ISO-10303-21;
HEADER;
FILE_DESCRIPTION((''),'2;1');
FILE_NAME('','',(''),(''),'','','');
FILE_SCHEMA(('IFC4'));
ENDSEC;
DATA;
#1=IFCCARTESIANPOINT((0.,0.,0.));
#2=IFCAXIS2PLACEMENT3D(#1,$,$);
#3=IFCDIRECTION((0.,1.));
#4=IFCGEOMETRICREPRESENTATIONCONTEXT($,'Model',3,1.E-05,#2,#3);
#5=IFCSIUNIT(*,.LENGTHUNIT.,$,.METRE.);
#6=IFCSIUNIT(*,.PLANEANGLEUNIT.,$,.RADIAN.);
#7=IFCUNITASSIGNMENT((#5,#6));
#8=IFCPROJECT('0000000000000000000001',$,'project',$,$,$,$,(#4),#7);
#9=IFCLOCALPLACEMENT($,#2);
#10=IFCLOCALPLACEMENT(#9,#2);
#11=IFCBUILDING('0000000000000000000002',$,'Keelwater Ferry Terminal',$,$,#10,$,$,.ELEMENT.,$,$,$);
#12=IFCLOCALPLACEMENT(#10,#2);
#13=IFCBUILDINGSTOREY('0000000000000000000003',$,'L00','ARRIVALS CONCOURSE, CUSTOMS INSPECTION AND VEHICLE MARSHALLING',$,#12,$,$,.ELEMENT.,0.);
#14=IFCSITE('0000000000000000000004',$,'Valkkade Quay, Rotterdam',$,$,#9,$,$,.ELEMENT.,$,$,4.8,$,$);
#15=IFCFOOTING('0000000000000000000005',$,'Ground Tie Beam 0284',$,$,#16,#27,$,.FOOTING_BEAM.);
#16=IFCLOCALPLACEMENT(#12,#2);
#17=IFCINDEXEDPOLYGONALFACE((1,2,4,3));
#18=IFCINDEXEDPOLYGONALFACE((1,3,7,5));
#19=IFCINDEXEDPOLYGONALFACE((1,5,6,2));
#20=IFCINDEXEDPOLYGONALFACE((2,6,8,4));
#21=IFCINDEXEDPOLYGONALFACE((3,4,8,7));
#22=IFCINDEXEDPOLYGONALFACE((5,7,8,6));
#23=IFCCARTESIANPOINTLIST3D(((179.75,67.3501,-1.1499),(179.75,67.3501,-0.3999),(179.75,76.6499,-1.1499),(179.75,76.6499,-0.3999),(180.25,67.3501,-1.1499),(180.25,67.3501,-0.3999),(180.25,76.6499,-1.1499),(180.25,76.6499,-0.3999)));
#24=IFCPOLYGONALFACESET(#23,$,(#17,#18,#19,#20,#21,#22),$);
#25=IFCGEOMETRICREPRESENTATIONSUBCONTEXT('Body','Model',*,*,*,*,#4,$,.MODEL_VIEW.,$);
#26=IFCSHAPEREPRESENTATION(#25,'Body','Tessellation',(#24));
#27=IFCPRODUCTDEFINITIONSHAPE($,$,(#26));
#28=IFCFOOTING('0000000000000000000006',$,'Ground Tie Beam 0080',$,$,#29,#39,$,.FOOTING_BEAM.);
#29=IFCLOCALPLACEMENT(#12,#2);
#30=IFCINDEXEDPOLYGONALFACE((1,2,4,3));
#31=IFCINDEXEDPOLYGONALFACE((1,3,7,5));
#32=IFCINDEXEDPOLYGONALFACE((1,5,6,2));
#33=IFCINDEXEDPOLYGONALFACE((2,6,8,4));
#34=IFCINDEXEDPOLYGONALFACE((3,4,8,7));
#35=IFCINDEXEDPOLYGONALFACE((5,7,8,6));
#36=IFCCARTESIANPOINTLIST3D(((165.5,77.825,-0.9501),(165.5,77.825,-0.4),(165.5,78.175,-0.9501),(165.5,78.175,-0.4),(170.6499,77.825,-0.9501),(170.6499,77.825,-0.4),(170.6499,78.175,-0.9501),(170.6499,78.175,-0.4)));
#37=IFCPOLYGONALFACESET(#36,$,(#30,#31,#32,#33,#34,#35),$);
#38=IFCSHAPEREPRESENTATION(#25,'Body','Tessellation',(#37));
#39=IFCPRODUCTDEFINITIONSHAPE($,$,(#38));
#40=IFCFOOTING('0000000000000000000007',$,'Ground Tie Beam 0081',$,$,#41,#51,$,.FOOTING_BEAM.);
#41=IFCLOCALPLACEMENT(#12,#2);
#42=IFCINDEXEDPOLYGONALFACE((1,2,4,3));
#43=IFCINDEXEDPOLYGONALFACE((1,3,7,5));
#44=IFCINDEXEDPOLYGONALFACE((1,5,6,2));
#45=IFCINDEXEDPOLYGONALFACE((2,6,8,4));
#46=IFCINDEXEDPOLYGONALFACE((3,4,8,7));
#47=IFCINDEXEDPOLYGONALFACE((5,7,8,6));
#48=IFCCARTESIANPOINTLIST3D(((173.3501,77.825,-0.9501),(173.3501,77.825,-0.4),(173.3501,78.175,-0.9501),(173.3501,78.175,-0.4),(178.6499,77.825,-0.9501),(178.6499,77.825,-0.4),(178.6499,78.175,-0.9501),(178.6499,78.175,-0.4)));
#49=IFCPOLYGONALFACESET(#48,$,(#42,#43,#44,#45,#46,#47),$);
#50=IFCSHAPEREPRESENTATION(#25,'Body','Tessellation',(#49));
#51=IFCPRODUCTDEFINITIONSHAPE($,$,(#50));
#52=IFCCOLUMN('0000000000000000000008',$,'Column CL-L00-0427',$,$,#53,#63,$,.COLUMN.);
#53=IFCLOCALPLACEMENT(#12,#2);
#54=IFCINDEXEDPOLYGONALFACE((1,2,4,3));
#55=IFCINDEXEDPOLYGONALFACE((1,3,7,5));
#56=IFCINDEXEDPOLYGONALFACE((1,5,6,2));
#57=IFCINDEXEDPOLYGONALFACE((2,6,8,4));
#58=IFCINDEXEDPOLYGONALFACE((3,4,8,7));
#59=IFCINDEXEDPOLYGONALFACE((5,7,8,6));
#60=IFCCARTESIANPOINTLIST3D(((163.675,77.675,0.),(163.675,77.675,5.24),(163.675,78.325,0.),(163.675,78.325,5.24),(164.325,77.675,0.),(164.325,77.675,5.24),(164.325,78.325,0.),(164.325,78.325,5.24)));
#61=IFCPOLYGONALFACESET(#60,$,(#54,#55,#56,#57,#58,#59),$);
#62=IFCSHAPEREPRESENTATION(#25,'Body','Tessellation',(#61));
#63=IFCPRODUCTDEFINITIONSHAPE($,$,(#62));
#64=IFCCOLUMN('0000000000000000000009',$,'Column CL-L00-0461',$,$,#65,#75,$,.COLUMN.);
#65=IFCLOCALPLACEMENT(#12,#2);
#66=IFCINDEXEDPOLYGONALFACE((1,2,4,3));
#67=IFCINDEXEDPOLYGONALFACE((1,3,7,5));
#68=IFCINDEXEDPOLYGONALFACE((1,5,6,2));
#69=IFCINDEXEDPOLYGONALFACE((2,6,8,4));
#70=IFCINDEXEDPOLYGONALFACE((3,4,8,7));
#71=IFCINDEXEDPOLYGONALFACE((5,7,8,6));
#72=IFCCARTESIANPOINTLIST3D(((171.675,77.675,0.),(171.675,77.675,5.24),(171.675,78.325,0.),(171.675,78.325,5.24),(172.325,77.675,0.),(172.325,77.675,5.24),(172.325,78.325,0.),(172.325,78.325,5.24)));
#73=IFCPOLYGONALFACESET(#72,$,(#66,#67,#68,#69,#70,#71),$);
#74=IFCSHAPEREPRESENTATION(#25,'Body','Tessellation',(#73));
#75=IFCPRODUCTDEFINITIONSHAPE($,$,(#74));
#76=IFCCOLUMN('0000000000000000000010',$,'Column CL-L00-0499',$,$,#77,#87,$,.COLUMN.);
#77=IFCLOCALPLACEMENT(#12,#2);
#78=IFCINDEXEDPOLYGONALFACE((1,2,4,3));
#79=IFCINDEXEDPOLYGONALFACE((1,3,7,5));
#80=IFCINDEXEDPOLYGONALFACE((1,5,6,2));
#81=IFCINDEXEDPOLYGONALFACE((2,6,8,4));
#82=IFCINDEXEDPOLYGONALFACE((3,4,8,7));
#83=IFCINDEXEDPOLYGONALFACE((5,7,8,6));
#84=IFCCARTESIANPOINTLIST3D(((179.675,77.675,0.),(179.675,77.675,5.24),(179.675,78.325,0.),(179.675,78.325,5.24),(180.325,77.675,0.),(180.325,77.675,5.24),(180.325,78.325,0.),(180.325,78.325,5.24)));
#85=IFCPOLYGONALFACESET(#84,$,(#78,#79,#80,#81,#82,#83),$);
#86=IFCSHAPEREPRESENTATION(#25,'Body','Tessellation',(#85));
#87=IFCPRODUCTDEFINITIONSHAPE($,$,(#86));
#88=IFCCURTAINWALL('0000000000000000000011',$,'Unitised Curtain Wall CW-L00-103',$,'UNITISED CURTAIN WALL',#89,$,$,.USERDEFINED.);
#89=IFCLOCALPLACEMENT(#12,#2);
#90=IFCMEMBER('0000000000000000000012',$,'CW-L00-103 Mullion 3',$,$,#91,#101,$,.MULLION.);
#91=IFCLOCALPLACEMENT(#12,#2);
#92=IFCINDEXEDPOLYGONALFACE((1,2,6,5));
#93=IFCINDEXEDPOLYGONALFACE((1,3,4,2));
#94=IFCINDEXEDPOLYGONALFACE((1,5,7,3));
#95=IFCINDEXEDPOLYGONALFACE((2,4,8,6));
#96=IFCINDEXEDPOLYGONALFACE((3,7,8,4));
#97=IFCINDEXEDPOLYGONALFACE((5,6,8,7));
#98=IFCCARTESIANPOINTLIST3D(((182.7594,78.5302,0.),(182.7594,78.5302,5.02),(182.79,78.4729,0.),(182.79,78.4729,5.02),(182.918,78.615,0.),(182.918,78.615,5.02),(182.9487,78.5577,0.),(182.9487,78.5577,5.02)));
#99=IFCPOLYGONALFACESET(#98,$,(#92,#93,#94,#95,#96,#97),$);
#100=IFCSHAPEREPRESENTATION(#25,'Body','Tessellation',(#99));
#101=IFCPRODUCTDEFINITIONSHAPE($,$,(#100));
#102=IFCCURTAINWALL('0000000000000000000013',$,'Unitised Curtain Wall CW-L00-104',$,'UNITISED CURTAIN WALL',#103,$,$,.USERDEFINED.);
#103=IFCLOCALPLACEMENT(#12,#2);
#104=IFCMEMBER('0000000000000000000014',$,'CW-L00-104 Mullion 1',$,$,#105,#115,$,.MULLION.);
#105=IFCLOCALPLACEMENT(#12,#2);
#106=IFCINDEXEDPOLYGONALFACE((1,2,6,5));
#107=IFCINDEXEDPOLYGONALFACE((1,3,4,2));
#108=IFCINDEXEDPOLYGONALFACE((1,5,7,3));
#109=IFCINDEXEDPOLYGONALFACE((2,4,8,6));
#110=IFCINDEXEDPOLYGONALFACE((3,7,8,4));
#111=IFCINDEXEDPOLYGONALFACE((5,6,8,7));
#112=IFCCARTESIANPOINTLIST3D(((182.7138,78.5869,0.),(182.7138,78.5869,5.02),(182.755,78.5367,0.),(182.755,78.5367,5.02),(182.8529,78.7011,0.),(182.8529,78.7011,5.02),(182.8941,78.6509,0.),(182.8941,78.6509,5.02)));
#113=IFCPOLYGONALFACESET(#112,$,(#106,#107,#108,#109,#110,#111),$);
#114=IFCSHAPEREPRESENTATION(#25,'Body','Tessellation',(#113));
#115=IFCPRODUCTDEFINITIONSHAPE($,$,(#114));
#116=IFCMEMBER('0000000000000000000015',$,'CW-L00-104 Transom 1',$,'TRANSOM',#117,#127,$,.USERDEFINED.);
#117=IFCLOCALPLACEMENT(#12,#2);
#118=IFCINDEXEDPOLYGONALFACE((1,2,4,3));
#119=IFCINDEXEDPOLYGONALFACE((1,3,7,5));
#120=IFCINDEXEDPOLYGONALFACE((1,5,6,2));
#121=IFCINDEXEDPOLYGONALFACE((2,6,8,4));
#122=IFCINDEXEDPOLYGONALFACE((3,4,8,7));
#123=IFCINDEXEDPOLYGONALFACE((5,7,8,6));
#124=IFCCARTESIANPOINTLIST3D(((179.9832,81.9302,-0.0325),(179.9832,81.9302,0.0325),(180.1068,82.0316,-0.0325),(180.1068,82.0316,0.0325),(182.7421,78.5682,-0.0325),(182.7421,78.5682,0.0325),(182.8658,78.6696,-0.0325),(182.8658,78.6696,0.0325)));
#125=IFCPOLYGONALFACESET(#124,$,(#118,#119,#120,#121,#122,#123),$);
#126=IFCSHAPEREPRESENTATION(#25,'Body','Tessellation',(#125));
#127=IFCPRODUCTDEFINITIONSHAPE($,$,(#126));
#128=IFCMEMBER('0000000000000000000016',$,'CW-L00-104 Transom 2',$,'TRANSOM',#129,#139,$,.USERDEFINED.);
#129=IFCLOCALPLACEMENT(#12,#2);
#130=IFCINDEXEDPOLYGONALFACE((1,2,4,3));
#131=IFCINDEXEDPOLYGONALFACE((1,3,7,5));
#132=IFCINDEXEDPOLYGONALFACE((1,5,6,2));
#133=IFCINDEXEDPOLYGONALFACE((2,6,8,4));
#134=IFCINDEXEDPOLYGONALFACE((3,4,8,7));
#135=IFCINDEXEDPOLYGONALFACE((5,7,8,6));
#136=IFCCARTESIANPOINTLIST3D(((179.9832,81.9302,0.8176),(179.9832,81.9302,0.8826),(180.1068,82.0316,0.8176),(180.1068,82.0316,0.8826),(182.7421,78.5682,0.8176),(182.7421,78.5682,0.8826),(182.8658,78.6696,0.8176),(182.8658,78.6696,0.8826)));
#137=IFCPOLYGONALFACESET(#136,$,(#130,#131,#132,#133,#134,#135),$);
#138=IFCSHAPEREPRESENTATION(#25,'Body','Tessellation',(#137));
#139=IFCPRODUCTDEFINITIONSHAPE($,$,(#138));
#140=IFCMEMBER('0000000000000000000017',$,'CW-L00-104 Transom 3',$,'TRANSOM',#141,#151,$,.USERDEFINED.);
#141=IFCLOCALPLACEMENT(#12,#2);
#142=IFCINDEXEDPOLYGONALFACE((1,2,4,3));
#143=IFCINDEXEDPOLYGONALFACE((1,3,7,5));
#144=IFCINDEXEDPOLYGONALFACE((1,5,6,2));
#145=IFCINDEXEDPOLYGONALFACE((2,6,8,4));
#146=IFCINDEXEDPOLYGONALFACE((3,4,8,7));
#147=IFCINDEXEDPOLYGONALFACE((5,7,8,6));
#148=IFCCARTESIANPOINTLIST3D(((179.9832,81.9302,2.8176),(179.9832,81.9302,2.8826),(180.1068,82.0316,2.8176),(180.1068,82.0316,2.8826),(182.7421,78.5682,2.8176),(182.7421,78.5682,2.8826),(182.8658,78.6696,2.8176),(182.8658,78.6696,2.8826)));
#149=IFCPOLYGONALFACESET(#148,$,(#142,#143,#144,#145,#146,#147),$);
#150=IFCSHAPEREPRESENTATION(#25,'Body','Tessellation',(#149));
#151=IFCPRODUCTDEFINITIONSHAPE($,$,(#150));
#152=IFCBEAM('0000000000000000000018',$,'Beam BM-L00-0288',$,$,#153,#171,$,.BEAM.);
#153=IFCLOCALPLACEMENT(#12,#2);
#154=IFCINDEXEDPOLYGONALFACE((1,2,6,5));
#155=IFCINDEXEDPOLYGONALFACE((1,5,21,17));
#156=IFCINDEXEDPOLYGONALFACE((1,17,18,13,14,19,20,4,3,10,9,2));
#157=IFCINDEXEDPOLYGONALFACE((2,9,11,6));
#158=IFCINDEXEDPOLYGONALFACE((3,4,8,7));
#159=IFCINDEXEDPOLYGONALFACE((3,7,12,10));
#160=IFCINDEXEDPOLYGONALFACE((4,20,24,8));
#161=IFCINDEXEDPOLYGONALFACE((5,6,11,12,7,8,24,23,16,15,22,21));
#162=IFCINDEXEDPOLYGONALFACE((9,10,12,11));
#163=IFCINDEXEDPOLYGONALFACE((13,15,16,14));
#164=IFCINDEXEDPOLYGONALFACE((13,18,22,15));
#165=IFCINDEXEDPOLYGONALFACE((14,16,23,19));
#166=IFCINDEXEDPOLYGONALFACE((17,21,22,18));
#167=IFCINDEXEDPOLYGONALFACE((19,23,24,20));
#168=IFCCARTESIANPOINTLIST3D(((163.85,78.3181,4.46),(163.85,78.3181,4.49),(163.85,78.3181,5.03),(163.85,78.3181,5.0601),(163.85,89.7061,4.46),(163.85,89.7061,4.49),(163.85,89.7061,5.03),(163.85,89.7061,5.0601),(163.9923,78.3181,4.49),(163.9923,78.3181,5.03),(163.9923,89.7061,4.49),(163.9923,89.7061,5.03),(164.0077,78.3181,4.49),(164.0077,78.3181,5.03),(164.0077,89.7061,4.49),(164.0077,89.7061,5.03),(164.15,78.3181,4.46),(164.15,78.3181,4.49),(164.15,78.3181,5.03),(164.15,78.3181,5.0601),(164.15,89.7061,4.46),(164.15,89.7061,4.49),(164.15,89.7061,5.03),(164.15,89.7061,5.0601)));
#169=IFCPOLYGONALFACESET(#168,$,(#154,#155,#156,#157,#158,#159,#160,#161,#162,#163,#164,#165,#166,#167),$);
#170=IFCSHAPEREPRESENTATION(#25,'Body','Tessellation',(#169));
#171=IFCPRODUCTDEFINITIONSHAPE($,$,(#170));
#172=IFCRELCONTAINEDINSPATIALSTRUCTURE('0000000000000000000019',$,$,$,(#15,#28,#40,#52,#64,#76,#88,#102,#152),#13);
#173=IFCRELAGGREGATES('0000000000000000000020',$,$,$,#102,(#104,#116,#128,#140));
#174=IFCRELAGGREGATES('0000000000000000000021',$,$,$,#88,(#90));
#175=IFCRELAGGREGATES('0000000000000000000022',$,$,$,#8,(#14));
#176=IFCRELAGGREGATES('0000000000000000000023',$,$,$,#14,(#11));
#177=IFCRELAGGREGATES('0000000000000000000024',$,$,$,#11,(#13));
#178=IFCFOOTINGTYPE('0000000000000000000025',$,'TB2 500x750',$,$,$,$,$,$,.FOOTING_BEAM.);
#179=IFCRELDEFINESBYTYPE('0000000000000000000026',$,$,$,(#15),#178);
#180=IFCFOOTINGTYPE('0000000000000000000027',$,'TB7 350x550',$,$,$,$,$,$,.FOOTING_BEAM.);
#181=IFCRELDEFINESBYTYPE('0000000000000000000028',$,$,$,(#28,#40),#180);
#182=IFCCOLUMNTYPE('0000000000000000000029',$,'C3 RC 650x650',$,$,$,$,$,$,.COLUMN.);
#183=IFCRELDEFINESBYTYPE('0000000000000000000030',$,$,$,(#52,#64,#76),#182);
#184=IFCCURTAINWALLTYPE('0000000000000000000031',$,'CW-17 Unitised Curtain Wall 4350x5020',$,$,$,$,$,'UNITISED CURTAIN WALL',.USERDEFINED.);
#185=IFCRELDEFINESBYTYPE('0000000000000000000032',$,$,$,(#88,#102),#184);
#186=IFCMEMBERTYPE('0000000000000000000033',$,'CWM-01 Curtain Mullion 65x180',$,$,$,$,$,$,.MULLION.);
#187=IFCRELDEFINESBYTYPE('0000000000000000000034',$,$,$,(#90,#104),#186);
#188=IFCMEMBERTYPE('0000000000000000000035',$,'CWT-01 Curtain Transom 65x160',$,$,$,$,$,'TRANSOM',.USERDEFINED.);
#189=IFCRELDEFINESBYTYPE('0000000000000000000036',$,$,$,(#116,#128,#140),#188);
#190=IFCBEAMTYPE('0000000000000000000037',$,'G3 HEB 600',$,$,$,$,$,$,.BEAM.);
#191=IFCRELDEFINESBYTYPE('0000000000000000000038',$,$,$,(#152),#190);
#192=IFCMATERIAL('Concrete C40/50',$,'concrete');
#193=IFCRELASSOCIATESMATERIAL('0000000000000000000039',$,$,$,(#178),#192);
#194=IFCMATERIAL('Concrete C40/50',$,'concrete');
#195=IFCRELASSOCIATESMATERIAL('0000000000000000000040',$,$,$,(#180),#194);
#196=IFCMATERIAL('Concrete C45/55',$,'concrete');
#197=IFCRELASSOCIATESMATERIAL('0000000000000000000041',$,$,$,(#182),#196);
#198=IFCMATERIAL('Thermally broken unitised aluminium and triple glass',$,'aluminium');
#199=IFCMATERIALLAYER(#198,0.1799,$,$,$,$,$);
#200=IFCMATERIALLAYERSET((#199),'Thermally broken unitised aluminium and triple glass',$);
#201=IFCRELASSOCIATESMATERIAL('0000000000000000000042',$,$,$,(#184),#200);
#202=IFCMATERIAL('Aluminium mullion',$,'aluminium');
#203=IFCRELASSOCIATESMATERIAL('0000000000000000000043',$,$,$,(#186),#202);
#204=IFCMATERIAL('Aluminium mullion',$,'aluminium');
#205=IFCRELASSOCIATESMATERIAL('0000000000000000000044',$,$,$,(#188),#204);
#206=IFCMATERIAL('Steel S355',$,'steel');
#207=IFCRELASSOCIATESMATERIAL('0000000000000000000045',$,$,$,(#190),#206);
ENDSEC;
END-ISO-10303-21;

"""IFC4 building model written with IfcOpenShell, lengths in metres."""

from ifc_helpers import new_model, si_unit, direction, frame, origin, origin_2d, place, context, subcontext, project, spatial, rectangle, i_section, extrude, material, layer, layer_set, material_profile, profile_set, type_object, element, aggregate, save


model = new_model("IFC4")

# Units and contexts
model_context = context("Model", 3, precision=1e-05, world=origin(), true_north=direction((0.0, 1.0)))
body_context = subcontext(model_context, "Body", "Model", "MODEL_VIEW")
ifc_project = project(units=[si_unit("LENGTHUNIT", "METRE"), si_unit("PLANEANGLEUNIT", "RADIAN")], contexts=[model_context])

# Site, building, storey
site_placement = place(None, origin())
site = spatial("IfcSite", under=ifc_project, at=site_placement, Name="Valkkade Quay, Rotterdam", CompositionType="ELEMENT", RefElevation=4.8)
building_placement = place(site_placement, origin())
building = spatial("IfcBuilding", under=site, at=building_placement, Name="Keelwater Ferry Terminal", CompositionType="ELEMENT")
storey_placement = place(building_placement, origin())
storey = spatial("IfcBuildingStorey", under=building, at=storey_placement, Name="L00", Description="ARRIVALS CONCOURSE, CUSTOMS INSPECTION AND VEHICLE MARSHALLING", CompositionType="ELEMENT", Elevation=0.0)

# Footings
ifc_material_1 = material(Name="Concrete C40/50", Category="concrete")
ifc_material_profile_1 = material_profile(ifc_material_1, rectangle(XDim=0.5, YDim=0.75, at=origin_2d()), Name="TB 500x750")
ifc_profile_set_1 = profile_set([ifc_material_profile_1], Name="Concrete C40/50")
footing_type_1 = type_object("IfcFootingType", Name="TB2 500x750", PredefinedType="FOOTING_BEAM", material=ifc_profile_set_1)
footing_1_placement = place(storey_placement, frame((180.0, 67.3501, -0.7749), z_axis=(0.0, 1.0, 0.0), x_axis=(-1.0, 0.0, 0.0)))
element("IfcFooting", 1, at=footing_1_placement, inside=storey, type_object=footing_type_1, Name="Ground Tie Beam 0284", PredefinedType="FOOTING_BEAM", context=body_context, shape_type="SweptSolid", body=[
    extrude(rectangle(XDim=0.5, YDim=0.75, at=origin_2d()), origin(), (0.0, 0.0, 1.0), 9.2998),
])
ifc_material_2 = material(Name="Concrete C40/50", Category="concrete")
ifc_material_profile_2 = material_profile(ifc_material_2, rectangle(XDim=0.3501, YDim=0.55, at=origin_2d()), Name="TB 350x550")
ifc_profile_set_2 = profile_set([ifc_material_profile_2], Name="Concrete C40/50")
footing_type_2 = type_object("IfcFootingType", Name="TB7 350x550", PredefinedType="FOOTING_BEAM", material=ifc_profile_set_2)
footing_2_placement = place(storey_placement, frame((165.5, 78.0, -0.675), z_axis=(1.0, 0.0, 0.0), x_axis=(0.0, 1.0, 0.0)))
element("IfcFooting", 2, at=footing_2_placement, inside=storey, type_object=footing_type_2, Name="Ground Tie Beam 0080", PredefinedType="FOOTING_BEAM", context=body_context, shape_type="SweptSolid", body=[
    extrude(rectangle(XDim=0.3501, YDim=0.55, at=origin_2d()), origin(), (0.0, 0.0, 1.0), 5.1499),
])
footing_3_placement = place(storey_placement, frame((173.3501, 78.0, -0.675), z_axis=(1.0, 0.0, 0.0), x_axis=(0.0, 1.0, 0.0)))
element("IfcFooting", 3, at=footing_3_placement, inside=storey, type_object=footing_type_2, Name="Ground Tie Beam 0081", PredefinedType="FOOTING_BEAM", context=body_context, shape_type="SweptSolid", body=[
    extrude(rectangle(XDim=0.3501, YDim=0.55, at=origin_2d()), origin(), (0.0, 0.0, 1.0), 5.2998),
])

# Columns
ifc_material_3 = material(Name="Concrete C45/55", Category="concrete")
ifc_material_profile_3 = material_profile(ifc_material_3, rectangle(XDim=0.6499, YDim=0.6499, at=origin_2d()), Name="RC 650x650")
ifc_profile_set_3 = profile_set([ifc_material_profile_3], Name="Concrete C45/55")
column_type = type_object("IfcColumnType", Name="C3 RC 650x650", PredefinedType="COLUMN", material=ifc_profile_set_3)
for number, where, z_axis, x_axis, name in (
    (4, (164.0, 78.0, 0.0), (0.0, 0.0, 1.0), (1.0, 0.0, 0.0), "Column CL-L00-0427"),
    (5, (172.0, 78.0, 0.0), (0.0, 0.0, 1.0), (1.0, 0.0, 0.0), "Column CL-L00-0461"),
    (6, (180.0, 78.0, 0.0), (0.0, 0.0, 1.0), (1.0, 0.0, 0.0), "Column CL-L00-0499"),
):
    element("IfcColumn", number, at=place(storey_placement, frame(where, z_axis=z_axis, x_axis=x_axis)), inside=storey, type_object=column_type, Name=name, PredefinedType="COLUMN", context=body_context, shape_type="SweptSolid", body=[
        extrude(rectangle(XDim=0.6499, YDim=0.6499, at=origin_2d()), origin(), (0.0, 0.0, 1.0), 5.24),
    ])

# Curtain wall, member
ifc_material_4 = material(Name="Thermally broken unitised aluminium and triple glass", Category="aluminium")
ifc_layer_1 = layer(ifc_material_4, 0.1799)
ifc_layer_set_1 = layer_set([ifc_layer_1], Name="Thermally broken unitised aluminium and triple glass")
curtain_wall_type = type_object("IfcCurtainWallType", Name="CW-17 Unitised Curtain Wall 4350x5020", ElementType="UNITISED CURTAIN WALL", PredefinedType="USERDEFINED", material=ifc_layer_set_1)
curtain_wall_1_placement = place(storey_placement, origin())
curtain_wall_1 = element("IfcCurtainWall", 7, at=curtain_wall_1_placement, inside=storey, type_object=curtain_wall_type, Name="Unitised Curtain Wall CW-L00-103", ObjectType="UNITISED CURTAIN WALL", PredefinedType="USERDEFINED")
ifc_material_5 = material(Name="Aluminium mullion", Category="aluminium")
ifc_material_profile_4 = material_profile(ifc_material_5, rectangle(XDim=0.0649, YDim=0.1799, at=origin_2d()), Name="CWM-01")
ifc_profile_set_4 = profile_set([ifc_material_profile_4], Name="Aluminium mullion")
member_type_1 = type_object("IfcMemberType", Name="CWM-01 Curtain Mullion 65x180", PredefinedType="MULLION", material=ifc_profile_set_4)
member_1_placement = place(storey_placement, frame((182.854, 78.5439, 0.0), z_axis=(0.0, 0.0, 1.0), x_axis=(-0.471507, 0.881862, 0.0)))
member_1 = element("IfcMember", 8, at=member_1_placement, type_object=member_type_1, Name="CW-L00-103 Mullion 3", PredefinedType="MULLION", context=body_context, shape_type="SweptSolid", body=[
    extrude(rectangle(XDim=0.0649, YDim=0.1799, at=origin_2d()), origin(), (0.0, 0.0, 1.0), 5.02),
])

# Curtain wall, members
curtain_wall_2_placement = place(storey_placement, origin())
curtain_wall_2 = element("IfcCurtainWall", 9, at=curtain_wall_2_placement, inside=storey, type_object=curtain_wall_type, Name="Unitised Curtain Wall CW-L00-104", ObjectType="UNITISED CURTAIN WALL", PredefinedType="USERDEFINED")
member_2_placement = place(storey_placement, frame((182.804, 78.6189, 0.0), z_axis=(0.0, 0.0, 1.0), x_axis=(-0.634377, 0.773024, 0.0)))
member_2 = element("IfcMember", 10, at=member_2_placement, type_object=member_type_1, Name="CW-L00-104 Mullion 1", PredefinedType="MULLION", context=body_context, shape_type="SweptSolid", body=[
    extrude(rectangle(XDim=0.0649, YDim=0.1799, at=origin_2d()), origin(), (0.0, 0.0, 1.0), 5.02),
])
ifc_material_6 = material(Name="Aluminium mullion", Category="aluminium")
ifc_material_profile_5 = material_profile(ifc_material_6, rectangle(XDim=0.1599, YDim=0.0649, at=origin_2d()), Name="CWT-01")
ifc_profile_set_5 = profile_set([ifc_material_profile_5], Name="Aluminium mullion")
member_type_2 = type_object("IfcMemberType", Name="CWT-01 Curtain Transom 65x160", ElementType="TRANSOM", PredefinedType="USERDEFINED", material=ifc_profile_set_5)
member_3_placement = place(storey_placement, frame((182.804, 78.6189, 0.0), z_axis=(-0.634374, 0.773026, 0.0), x_axis=(-0.773026, -0.634374, 0.0)))
member_3 = element("IfcMember", 11, at=member_3_placement, type_object=member_type_2, Name="CW-L00-104 Transom 1", ObjectType="TRANSOM", PredefinedType="USERDEFINED", context=body_context, shape_type="SweptSolid", body=[
    extrude(rectangle(XDim=0.1599, YDim=0.0649, at=origin_2d()), origin(), (0.0, 0.0, 1.0), 4.3491),
])
member_4_placement = place(storey_placement, frame((182.804, 78.6189, 0.8501), z_axis=(-0.634374, 0.773026, 0.0), x_axis=(-0.773026, -0.634374, 0.0)))
member_4 = element("IfcMember", 12, at=member_4_placement, type_object=member_type_2, Name="CW-L00-104 Transom 2", ObjectType="TRANSOM", PredefinedType="USERDEFINED", context=body_context, shape_type="SweptSolid", body=[
    extrude(rectangle(XDim=0.1599, YDim=0.0649, at=origin_2d()), origin(), (0.0, 0.0, 1.0), 4.3491),
])
member_5_placement = place(storey_placement, frame((182.804, 78.6189, 2.8501), z_axis=(-0.634374, 0.773026, 0.0), x_axis=(-0.773026, -0.634374, 0.0)))
member_5 = element("IfcMember", 13, at=member_5_placement, type_object=member_type_2, Name="CW-L00-104 Transom 3", ObjectType="TRANSOM", PredefinedType="USERDEFINED", context=body_context, shape_type="SweptSolid", body=[
    extrude(rectangle(XDim=0.1599, YDim=0.0649, at=origin_2d()), origin(), (0.0, 0.0, 1.0), 4.3491),
])
aggregate(curtain_wall_2, [member_2, member_3, member_4, member_5])

# Beam
ifc_material_7 = material(Name="Steel S355", Category="steel")
ifc_material_profile_6 = material_profile(ifc_material_7, i_section(OverallWidth=0.3, OverallDepth=0.6001, WebThickness=0.0154, FlangeThickness=0.03, at=origin_2d()), Name="HEB 600")
ifc_profile_set_6 = profile_set([ifc_material_profile_6], Name="Steel S355")
beam_type_1 = type_object("IfcBeamType", Name="G3 HEB 600", PredefinedType="BEAM", material=ifc_profile_set_6)
beam_placement = place(storey_placement, frame((164.0, 78.3181, 4.76), z_axis=(0.0, 1.0, 0.0), x_axis=(-1.0, 0.0, 0.0)))
element("IfcBeam", 14, at=beam_placement, inside=storey, type_object=beam_type_1, Name="Beam BM-L00-0288", PredefinedType="BEAM", context=body_context, shape_type="SweptSolid", body=[
    extrude(i_section(OverallWidth=0.3, OverallDepth=0.6001, WebThickness=0.0154, FlangeThickness=0.03, at=origin_2d()), origin(), (0.0, 0.0, 1.0), 11.3879),
])

aggregate(curtain_wall_1, [member_1])

save(model, "model.ifc")
